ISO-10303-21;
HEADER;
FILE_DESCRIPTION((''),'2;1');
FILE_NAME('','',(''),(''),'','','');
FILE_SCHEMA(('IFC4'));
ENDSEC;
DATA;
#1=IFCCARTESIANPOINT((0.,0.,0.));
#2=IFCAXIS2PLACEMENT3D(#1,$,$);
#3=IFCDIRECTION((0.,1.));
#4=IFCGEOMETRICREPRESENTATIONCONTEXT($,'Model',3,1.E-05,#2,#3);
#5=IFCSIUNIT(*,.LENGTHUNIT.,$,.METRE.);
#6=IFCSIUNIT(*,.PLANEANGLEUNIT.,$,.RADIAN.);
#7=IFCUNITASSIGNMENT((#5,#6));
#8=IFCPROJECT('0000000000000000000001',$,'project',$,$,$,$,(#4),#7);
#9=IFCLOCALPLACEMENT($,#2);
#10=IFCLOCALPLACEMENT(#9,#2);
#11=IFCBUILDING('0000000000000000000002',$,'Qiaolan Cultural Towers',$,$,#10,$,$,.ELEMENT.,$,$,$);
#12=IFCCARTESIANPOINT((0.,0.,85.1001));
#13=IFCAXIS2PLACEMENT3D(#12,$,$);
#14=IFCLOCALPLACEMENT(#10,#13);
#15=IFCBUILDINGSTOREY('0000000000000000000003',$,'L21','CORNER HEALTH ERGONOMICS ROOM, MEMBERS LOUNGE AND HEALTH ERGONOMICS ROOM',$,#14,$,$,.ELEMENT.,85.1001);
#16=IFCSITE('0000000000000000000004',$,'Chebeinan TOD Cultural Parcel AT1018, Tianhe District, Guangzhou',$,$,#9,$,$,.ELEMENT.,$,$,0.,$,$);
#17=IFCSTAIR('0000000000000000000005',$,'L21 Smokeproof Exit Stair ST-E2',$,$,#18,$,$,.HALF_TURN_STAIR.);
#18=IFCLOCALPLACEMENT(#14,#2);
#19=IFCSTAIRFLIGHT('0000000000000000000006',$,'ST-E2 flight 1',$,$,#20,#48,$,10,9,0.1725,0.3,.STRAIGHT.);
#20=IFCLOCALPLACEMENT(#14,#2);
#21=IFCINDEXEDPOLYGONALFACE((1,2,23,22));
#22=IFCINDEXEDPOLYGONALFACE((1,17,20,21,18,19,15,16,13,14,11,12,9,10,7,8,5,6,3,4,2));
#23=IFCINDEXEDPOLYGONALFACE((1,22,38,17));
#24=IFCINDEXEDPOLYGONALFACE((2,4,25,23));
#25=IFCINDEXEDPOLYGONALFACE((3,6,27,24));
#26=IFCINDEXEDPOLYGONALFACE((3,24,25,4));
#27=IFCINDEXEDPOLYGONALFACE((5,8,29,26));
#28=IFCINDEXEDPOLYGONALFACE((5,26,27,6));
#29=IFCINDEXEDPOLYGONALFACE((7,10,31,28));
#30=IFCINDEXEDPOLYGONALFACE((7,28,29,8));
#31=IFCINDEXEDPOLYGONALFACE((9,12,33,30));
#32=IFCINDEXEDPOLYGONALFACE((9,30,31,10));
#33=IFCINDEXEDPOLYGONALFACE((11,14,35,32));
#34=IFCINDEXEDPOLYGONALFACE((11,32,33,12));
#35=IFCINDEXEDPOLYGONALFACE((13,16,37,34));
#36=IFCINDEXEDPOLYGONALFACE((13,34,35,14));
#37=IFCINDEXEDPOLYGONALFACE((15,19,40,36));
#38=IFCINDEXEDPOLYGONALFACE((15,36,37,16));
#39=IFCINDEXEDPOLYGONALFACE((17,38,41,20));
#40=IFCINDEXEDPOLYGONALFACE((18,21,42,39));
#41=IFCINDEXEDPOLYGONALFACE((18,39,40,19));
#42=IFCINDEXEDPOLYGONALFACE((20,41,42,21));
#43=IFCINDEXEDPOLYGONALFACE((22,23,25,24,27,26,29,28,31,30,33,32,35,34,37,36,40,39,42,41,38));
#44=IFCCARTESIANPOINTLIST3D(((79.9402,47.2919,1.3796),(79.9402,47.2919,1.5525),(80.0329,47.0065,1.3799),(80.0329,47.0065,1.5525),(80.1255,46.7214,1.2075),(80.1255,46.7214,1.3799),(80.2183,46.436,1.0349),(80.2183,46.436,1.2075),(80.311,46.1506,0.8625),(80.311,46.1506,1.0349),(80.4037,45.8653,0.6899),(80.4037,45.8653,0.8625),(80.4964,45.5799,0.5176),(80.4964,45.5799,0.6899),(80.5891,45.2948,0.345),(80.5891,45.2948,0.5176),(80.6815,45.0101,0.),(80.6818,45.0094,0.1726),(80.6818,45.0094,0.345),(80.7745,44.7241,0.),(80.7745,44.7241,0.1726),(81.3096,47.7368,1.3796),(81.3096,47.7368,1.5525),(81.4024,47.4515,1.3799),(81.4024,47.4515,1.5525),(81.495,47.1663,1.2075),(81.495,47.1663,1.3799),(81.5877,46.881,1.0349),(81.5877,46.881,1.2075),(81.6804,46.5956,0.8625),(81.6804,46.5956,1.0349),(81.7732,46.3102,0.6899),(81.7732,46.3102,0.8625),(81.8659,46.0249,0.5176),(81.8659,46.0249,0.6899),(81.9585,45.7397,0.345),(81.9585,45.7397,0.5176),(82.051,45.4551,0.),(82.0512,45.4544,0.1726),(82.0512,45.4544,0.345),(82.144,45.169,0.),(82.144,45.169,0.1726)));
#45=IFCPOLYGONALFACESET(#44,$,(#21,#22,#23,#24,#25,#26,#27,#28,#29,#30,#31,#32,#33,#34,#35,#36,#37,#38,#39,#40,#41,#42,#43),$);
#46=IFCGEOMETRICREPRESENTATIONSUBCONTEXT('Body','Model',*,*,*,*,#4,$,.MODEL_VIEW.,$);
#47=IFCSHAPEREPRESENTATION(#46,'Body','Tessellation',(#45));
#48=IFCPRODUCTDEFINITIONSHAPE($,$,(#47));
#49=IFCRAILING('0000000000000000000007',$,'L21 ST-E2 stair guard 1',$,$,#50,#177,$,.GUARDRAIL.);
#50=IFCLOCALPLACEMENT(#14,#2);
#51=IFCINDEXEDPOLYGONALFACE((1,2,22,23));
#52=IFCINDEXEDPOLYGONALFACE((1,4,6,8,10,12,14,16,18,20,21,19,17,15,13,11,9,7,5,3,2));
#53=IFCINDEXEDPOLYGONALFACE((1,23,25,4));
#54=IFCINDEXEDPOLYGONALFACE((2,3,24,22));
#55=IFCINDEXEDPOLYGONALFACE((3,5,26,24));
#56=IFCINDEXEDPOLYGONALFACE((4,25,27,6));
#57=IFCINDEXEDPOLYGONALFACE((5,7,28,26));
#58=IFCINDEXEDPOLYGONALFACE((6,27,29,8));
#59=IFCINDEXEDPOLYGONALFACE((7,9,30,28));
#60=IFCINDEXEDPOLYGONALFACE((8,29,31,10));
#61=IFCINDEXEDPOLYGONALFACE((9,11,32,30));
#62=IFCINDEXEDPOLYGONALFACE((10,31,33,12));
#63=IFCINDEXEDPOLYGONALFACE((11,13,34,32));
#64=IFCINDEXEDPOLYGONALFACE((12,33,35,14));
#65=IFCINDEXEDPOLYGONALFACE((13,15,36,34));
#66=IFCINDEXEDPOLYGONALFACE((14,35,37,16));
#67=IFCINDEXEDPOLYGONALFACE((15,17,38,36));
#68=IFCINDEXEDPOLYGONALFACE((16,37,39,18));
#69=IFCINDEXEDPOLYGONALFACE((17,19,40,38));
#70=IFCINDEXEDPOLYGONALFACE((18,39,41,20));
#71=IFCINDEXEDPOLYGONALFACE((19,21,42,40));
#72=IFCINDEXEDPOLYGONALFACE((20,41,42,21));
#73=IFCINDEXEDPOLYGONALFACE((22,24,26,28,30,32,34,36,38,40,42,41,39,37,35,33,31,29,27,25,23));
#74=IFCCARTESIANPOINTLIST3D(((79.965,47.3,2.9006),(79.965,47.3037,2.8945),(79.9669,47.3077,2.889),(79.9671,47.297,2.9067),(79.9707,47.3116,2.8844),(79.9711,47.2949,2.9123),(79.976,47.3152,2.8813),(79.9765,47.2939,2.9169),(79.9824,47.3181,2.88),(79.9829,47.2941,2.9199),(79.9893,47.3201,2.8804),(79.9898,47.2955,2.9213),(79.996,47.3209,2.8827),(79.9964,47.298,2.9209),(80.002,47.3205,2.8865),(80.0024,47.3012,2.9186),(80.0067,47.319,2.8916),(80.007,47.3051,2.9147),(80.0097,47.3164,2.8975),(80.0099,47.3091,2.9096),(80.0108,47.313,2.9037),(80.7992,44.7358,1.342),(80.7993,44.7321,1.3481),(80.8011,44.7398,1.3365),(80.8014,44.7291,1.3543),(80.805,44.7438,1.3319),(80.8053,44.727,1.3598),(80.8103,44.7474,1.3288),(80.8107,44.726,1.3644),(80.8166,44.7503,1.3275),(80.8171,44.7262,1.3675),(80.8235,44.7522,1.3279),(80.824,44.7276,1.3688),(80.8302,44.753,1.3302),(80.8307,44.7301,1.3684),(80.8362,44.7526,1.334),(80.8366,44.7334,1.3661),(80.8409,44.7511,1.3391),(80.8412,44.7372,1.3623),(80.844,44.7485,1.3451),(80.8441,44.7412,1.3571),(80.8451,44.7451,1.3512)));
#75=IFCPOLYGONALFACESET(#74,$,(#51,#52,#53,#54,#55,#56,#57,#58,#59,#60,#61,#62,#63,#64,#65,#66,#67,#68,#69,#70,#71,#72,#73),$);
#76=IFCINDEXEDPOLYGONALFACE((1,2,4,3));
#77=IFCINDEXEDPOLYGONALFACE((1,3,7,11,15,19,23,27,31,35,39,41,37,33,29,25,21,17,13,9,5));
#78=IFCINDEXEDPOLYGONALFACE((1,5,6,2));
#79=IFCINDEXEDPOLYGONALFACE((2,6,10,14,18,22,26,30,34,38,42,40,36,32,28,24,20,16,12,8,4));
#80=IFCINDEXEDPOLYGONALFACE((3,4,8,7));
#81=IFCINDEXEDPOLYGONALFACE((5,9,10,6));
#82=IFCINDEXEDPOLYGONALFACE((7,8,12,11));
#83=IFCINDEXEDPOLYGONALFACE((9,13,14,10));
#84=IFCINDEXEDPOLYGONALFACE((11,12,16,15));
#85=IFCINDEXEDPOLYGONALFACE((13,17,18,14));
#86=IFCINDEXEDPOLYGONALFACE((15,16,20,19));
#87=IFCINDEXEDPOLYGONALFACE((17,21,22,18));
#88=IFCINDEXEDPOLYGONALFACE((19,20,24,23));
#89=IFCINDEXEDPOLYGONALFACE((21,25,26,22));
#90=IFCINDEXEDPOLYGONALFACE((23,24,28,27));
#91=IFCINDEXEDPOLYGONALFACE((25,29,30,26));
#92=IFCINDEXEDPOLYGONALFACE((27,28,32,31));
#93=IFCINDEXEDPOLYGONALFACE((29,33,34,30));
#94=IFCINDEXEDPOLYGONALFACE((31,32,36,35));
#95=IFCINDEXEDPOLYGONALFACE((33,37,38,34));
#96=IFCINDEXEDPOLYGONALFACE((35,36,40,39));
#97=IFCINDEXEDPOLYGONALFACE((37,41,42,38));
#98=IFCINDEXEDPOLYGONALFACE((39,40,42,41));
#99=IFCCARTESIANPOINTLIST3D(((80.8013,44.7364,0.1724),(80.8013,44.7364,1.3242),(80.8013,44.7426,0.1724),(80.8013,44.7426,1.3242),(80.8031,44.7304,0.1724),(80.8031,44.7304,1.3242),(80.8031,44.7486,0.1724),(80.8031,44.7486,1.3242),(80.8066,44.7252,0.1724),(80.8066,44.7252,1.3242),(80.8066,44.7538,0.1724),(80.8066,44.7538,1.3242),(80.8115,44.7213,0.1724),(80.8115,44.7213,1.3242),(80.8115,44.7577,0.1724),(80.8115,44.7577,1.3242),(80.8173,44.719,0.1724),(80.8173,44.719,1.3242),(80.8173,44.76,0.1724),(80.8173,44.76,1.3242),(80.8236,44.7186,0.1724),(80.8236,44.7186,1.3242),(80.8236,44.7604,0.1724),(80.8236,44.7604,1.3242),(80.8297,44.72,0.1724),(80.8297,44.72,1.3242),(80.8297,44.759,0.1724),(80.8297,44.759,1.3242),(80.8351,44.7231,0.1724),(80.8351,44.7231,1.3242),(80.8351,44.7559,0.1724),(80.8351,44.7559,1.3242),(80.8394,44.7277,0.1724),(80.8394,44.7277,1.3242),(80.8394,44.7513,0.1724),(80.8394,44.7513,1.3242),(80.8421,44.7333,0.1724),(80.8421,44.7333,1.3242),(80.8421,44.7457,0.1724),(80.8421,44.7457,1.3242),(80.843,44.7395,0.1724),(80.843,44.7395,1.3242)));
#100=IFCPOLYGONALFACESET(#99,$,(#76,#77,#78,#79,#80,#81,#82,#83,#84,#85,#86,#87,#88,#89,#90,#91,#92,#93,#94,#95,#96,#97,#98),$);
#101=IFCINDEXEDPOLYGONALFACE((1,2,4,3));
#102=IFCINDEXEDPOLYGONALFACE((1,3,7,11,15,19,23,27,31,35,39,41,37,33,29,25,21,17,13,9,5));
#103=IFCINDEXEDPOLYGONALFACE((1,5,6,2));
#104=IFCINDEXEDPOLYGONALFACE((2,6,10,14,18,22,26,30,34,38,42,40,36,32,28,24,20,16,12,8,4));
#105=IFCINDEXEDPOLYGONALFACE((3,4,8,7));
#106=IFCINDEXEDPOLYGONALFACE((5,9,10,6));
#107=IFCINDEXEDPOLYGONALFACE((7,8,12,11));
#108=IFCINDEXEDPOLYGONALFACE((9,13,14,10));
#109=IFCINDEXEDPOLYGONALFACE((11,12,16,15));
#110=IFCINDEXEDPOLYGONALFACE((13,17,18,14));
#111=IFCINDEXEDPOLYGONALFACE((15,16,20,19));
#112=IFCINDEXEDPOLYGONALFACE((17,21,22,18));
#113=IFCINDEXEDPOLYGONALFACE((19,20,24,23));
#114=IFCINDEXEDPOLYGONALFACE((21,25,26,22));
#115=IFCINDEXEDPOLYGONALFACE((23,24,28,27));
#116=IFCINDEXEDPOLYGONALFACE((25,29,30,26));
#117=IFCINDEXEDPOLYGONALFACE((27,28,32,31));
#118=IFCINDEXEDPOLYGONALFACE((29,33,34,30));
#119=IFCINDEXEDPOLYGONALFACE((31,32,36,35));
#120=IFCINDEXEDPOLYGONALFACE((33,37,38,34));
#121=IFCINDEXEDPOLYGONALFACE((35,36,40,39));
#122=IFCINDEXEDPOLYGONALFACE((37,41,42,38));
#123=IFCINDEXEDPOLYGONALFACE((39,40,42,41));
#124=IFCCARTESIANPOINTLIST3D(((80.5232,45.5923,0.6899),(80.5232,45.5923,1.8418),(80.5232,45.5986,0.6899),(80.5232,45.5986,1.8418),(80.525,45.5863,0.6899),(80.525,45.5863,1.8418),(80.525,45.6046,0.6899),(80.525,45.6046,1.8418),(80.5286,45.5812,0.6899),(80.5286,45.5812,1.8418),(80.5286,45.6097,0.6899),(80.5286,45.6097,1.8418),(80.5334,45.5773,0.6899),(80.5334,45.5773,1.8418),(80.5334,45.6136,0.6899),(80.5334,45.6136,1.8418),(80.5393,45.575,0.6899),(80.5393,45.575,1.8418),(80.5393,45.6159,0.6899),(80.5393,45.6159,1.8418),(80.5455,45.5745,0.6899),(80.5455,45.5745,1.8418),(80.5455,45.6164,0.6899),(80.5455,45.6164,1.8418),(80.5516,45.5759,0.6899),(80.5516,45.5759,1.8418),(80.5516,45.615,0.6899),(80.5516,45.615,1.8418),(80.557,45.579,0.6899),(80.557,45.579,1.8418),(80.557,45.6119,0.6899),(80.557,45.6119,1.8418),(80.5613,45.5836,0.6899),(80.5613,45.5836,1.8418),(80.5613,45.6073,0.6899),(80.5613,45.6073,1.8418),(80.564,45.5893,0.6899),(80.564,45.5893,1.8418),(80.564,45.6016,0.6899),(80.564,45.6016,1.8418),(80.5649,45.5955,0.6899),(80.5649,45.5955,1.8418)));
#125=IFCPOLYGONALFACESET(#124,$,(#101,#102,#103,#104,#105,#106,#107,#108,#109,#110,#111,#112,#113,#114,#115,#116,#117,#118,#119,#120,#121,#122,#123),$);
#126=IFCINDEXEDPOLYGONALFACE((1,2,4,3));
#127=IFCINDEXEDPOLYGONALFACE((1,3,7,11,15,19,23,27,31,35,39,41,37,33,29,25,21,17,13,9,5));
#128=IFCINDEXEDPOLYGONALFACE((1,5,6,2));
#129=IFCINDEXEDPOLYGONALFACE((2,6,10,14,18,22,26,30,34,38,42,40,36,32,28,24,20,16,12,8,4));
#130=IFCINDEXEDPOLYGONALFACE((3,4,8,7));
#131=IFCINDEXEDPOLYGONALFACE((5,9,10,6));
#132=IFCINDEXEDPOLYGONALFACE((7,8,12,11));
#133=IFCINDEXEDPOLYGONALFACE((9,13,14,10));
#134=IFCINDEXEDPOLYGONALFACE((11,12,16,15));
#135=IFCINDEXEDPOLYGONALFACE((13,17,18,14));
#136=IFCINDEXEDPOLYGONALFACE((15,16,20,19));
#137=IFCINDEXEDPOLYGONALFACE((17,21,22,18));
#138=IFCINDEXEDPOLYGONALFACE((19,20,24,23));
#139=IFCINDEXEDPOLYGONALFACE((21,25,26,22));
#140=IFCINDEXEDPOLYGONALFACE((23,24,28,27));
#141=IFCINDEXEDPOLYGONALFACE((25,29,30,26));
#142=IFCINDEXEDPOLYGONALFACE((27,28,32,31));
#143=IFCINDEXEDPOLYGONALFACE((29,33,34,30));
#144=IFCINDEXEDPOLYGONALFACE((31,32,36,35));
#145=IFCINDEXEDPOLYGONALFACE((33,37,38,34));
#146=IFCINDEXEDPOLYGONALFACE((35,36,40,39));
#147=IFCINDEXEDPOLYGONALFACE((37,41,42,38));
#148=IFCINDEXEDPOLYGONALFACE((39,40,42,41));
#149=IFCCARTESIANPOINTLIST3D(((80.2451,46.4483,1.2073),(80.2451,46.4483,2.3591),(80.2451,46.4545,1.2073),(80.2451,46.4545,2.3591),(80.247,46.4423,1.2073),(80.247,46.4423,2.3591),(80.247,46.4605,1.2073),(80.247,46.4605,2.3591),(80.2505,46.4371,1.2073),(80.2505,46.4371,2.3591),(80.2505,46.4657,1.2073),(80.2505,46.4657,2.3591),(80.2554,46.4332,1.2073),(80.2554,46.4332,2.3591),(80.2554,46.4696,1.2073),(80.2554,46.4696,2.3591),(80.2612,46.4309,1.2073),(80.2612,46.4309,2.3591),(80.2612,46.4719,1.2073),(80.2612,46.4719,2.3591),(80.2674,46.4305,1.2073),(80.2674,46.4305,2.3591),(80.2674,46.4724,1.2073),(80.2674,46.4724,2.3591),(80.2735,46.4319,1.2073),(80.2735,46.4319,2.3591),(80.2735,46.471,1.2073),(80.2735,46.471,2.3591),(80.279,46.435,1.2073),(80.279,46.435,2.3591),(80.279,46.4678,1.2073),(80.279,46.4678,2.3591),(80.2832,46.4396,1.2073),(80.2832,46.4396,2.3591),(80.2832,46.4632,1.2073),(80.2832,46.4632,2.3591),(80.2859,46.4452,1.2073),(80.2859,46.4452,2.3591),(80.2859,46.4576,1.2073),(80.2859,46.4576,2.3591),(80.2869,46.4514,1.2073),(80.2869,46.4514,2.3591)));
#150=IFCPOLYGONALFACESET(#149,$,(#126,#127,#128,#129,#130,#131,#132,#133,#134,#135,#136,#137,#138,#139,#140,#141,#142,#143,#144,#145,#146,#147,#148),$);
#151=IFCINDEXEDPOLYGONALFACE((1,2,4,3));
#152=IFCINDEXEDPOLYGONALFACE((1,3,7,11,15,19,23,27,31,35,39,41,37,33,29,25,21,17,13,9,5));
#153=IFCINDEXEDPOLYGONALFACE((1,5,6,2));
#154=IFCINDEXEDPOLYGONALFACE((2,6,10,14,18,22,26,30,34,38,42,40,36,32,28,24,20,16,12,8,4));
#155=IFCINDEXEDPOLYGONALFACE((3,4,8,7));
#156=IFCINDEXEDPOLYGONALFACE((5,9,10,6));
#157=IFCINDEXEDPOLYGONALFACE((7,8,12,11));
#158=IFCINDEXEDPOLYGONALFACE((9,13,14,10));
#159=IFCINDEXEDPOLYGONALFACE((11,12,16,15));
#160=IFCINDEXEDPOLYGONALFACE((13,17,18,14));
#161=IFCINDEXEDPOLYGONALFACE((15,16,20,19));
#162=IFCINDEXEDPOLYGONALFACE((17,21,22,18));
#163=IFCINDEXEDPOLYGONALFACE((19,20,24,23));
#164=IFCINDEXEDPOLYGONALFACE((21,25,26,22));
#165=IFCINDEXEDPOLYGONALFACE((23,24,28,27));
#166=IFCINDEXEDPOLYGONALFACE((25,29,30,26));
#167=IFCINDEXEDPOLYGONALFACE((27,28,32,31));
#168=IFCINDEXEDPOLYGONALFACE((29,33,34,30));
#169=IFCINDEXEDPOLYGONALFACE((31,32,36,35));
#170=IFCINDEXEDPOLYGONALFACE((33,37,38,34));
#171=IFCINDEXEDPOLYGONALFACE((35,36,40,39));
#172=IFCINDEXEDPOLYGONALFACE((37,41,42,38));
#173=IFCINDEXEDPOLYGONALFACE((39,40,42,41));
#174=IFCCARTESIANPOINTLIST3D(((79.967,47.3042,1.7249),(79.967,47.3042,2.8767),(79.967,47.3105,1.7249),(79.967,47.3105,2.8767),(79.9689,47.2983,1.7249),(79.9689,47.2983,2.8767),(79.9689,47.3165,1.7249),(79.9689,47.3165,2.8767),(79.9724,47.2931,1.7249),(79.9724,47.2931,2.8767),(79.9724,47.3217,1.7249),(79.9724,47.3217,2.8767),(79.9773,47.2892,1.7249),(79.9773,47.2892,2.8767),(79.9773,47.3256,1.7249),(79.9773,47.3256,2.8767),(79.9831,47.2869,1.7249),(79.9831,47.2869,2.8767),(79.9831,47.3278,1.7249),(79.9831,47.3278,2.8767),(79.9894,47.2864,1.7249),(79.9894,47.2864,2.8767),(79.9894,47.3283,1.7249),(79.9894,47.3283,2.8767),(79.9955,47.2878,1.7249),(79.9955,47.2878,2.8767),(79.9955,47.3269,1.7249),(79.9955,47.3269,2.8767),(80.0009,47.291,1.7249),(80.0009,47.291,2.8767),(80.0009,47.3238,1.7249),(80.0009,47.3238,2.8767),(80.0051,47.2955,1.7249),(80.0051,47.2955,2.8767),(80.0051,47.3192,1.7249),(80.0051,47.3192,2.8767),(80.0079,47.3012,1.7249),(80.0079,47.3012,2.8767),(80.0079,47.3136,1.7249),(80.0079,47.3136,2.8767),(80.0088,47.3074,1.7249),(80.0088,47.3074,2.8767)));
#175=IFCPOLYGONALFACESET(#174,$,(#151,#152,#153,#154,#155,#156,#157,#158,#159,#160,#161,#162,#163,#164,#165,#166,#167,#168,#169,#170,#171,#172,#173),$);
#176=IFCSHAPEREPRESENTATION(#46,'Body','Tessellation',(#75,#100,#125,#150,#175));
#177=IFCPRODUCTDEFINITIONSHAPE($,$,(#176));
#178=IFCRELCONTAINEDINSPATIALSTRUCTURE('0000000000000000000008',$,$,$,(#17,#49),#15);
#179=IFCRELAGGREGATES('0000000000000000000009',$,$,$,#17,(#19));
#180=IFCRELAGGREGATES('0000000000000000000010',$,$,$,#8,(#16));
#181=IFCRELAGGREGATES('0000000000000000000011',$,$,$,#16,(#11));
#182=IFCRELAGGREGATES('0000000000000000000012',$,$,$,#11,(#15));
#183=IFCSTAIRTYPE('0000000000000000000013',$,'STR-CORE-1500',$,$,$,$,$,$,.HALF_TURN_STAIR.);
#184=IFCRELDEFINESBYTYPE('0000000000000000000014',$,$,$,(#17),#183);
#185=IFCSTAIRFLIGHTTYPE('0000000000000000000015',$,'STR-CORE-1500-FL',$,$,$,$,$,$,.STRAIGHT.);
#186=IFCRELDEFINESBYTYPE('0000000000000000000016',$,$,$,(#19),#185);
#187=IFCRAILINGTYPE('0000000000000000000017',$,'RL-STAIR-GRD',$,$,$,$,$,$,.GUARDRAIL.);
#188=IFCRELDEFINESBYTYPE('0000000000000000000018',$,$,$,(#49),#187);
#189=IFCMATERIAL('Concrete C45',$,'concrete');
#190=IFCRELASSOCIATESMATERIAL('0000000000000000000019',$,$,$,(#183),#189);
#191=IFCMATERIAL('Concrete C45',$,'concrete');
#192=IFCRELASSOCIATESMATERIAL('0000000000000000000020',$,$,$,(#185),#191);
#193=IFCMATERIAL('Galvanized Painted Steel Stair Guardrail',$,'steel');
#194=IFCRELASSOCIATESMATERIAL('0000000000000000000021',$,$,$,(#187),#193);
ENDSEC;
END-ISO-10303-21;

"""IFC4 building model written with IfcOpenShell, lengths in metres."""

from ifc_helpers import new_model, si_unit, direction, frame, origin, origin_2d, place, context, subcontext, project, spatial, polyline, circle, outline, extrude, material, type_object, element, aggregate, save


model = new_model("IFC4")

# Units and contexts
model_context = context("Model", 3, precision=1e-05, world=origin(), true_north=direction((0.0, 1.0)))
body_context = subcontext(model_context, "Body", "Model", "MODEL_VIEW")
ifc_project = project(units=[si_unit("LENGTHUNIT", "METRE"), si_unit("PLANEANGLEUNIT", "RADIAN")], contexts=[model_context])

# Site, building, storey
site_placement = place(None, origin())
site = spatial("IfcSite", under=ifc_project, at=site_placement, Name="Chebeinan TOD Cultural Parcel AT1018, Tianhe District, Guangzhou", CompositionType="ELEMENT", RefElevation=0.0)
building_placement = place(site_placement, origin())
building = spatial("IfcBuilding", under=site, at=building_placement, Name="Qiaolan Cultural Towers", CompositionType="ELEMENT")
storey_placement = place(building_placement, frame((0.0, 0.0, 85.1001)))
storey = spatial("IfcBuildingStorey", under=building, at=storey_placement, Name="L21", Description="CORNER HEALTH ERGONOMICS ROOM, MEMBERS LOUNGE AND HEALTH ERGONOMICS ROOM", CompositionType="ELEMENT", Elevation=85.1001)

# Stair, stair flight
ifc_material_1 = material(Name="Concrete C45", Category="concrete")
stair_type = type_object("IfcStairType", Name="STR-CORE-1500", PredefinedType="HALF_TURN_STAIR", material=ifc_material_1)
stair_placement = place(storey_placement, origin())
stair = element("IfcStair", 1, at=stair_placement, inside=storey, type_object=stair_type, Name="L21 Smokeproof Exit Stair ST-E2", PredefinedType="HALF_TURN_STAIR")
ifc_material_2 = material(Name="Concrete C45", Category="concrete")
stair_flight_type = type_object("IfcStairFlightType", Name="STR-CORE-1500-FL", PredefinedType="STRAIGHT", material=ifc_material_2)
stair_flight_placement = place(storey_placement, frame((81.4592, 44.9465, 0.0), z_axis=(0.0, 0.0, 1.0), x_axis=(-0.309017, 0.951057, 0.0)))
stair_flight = element("IfcStairFlight", 2, at=stair_flight_placement, type_object=stair_flight_type, Name="ST-E2 flight 1", NumberOfRisers=10, NumberOfTreads=9, PredefinedType="STRAIGHT", RiserHeight=0.1725, TreadLength=0.3, context=body_context, shape_type="SweptSolid", body=[
    extrude(outline(polyline([(0.0, 0.0), (0.0, 0.1726), (0.3, 0.1726), (0.3, 0.345), (0.6001, 0.345), (0.6001, 0.5176), (0.8999, 0.5176), (0.8999, 0.6899), (1.2, 0.6899), (1.2, 0.8625), (1.5, 0.8625), (1.5, 1.0349), (1.8, 1.0349), (1.8, 1.2075), (2.1001, 1.2075), (2.1001, 1.3799), (2.3999, 1.3799), (2.3999, 1.5525), (2.7, 1.5525), (2.7, 1.7251), (2.7, 1.3796), (0.3008, 0.0), (0.0, 0.0)])), frame((0.0, 0.72, 0.0), z_axis=(0.0, -1.0, 0.0), x_axis=(1.0, 0.0, 0.0)), (0.0, 0.0, 1.0), 1.4399),
])
aggregate(stair, [stair_flight])

# Railing
ifc_material_3 = material(Name="Galvanized Painted Steel Stair Guardrail", Category="steel")
railing_type_1 = type_object("IfcRailingType", Name="RL-STAIR-GRD", PredefinedType="GUARDRAIL", material=ifc_material_3)
railing_1_placement = place(storey_placement, frame((80.822, 44.7395, 0.1724)))
element("IfcRailing", 3, at=railing_1_placement, inside=storey, type_object=railing_type_1, Name="L21 ST-E2 stair guard 1", PredefinedType="GUARDRAIL", context=body_context, shape_type="SweptSolid", body=[
    extrude(circle(Radius=0.0239, at=origin_2d()), frame((0.0, 0.0, 1.1758), z_axis=(-0.267853, 0.824488, 0.498471), x_axis=(-0.95107, -0.308976, 0.0)), (0.0, 0.0, 1.0), 3.1145),
    extrude(circle(Radius=0.021, at=origin_2d()), origin(), (0.0, 0.0, 1.0), 1.1519),
    extrude(circle(Radius=0.021, at=origin_2d()), frame((-0.2781, 0.856, 0.5176)), (0.0, 0.0, 1.0), 1.1519),
    extrude(circle(Radius=0.021, at=origin_2d()), frame((-0.5562, 1.7119, 1.0349)), (0.0, 0.0, 1.0), 1.1519),
    extrude(circle(Radius=0.021, at=origin_2d()), frame((-0.8342, 2.5679, 1.5525)), (0.0, 0.0, 1.0), 1.1519),
])

save(model, "model.ifc")
